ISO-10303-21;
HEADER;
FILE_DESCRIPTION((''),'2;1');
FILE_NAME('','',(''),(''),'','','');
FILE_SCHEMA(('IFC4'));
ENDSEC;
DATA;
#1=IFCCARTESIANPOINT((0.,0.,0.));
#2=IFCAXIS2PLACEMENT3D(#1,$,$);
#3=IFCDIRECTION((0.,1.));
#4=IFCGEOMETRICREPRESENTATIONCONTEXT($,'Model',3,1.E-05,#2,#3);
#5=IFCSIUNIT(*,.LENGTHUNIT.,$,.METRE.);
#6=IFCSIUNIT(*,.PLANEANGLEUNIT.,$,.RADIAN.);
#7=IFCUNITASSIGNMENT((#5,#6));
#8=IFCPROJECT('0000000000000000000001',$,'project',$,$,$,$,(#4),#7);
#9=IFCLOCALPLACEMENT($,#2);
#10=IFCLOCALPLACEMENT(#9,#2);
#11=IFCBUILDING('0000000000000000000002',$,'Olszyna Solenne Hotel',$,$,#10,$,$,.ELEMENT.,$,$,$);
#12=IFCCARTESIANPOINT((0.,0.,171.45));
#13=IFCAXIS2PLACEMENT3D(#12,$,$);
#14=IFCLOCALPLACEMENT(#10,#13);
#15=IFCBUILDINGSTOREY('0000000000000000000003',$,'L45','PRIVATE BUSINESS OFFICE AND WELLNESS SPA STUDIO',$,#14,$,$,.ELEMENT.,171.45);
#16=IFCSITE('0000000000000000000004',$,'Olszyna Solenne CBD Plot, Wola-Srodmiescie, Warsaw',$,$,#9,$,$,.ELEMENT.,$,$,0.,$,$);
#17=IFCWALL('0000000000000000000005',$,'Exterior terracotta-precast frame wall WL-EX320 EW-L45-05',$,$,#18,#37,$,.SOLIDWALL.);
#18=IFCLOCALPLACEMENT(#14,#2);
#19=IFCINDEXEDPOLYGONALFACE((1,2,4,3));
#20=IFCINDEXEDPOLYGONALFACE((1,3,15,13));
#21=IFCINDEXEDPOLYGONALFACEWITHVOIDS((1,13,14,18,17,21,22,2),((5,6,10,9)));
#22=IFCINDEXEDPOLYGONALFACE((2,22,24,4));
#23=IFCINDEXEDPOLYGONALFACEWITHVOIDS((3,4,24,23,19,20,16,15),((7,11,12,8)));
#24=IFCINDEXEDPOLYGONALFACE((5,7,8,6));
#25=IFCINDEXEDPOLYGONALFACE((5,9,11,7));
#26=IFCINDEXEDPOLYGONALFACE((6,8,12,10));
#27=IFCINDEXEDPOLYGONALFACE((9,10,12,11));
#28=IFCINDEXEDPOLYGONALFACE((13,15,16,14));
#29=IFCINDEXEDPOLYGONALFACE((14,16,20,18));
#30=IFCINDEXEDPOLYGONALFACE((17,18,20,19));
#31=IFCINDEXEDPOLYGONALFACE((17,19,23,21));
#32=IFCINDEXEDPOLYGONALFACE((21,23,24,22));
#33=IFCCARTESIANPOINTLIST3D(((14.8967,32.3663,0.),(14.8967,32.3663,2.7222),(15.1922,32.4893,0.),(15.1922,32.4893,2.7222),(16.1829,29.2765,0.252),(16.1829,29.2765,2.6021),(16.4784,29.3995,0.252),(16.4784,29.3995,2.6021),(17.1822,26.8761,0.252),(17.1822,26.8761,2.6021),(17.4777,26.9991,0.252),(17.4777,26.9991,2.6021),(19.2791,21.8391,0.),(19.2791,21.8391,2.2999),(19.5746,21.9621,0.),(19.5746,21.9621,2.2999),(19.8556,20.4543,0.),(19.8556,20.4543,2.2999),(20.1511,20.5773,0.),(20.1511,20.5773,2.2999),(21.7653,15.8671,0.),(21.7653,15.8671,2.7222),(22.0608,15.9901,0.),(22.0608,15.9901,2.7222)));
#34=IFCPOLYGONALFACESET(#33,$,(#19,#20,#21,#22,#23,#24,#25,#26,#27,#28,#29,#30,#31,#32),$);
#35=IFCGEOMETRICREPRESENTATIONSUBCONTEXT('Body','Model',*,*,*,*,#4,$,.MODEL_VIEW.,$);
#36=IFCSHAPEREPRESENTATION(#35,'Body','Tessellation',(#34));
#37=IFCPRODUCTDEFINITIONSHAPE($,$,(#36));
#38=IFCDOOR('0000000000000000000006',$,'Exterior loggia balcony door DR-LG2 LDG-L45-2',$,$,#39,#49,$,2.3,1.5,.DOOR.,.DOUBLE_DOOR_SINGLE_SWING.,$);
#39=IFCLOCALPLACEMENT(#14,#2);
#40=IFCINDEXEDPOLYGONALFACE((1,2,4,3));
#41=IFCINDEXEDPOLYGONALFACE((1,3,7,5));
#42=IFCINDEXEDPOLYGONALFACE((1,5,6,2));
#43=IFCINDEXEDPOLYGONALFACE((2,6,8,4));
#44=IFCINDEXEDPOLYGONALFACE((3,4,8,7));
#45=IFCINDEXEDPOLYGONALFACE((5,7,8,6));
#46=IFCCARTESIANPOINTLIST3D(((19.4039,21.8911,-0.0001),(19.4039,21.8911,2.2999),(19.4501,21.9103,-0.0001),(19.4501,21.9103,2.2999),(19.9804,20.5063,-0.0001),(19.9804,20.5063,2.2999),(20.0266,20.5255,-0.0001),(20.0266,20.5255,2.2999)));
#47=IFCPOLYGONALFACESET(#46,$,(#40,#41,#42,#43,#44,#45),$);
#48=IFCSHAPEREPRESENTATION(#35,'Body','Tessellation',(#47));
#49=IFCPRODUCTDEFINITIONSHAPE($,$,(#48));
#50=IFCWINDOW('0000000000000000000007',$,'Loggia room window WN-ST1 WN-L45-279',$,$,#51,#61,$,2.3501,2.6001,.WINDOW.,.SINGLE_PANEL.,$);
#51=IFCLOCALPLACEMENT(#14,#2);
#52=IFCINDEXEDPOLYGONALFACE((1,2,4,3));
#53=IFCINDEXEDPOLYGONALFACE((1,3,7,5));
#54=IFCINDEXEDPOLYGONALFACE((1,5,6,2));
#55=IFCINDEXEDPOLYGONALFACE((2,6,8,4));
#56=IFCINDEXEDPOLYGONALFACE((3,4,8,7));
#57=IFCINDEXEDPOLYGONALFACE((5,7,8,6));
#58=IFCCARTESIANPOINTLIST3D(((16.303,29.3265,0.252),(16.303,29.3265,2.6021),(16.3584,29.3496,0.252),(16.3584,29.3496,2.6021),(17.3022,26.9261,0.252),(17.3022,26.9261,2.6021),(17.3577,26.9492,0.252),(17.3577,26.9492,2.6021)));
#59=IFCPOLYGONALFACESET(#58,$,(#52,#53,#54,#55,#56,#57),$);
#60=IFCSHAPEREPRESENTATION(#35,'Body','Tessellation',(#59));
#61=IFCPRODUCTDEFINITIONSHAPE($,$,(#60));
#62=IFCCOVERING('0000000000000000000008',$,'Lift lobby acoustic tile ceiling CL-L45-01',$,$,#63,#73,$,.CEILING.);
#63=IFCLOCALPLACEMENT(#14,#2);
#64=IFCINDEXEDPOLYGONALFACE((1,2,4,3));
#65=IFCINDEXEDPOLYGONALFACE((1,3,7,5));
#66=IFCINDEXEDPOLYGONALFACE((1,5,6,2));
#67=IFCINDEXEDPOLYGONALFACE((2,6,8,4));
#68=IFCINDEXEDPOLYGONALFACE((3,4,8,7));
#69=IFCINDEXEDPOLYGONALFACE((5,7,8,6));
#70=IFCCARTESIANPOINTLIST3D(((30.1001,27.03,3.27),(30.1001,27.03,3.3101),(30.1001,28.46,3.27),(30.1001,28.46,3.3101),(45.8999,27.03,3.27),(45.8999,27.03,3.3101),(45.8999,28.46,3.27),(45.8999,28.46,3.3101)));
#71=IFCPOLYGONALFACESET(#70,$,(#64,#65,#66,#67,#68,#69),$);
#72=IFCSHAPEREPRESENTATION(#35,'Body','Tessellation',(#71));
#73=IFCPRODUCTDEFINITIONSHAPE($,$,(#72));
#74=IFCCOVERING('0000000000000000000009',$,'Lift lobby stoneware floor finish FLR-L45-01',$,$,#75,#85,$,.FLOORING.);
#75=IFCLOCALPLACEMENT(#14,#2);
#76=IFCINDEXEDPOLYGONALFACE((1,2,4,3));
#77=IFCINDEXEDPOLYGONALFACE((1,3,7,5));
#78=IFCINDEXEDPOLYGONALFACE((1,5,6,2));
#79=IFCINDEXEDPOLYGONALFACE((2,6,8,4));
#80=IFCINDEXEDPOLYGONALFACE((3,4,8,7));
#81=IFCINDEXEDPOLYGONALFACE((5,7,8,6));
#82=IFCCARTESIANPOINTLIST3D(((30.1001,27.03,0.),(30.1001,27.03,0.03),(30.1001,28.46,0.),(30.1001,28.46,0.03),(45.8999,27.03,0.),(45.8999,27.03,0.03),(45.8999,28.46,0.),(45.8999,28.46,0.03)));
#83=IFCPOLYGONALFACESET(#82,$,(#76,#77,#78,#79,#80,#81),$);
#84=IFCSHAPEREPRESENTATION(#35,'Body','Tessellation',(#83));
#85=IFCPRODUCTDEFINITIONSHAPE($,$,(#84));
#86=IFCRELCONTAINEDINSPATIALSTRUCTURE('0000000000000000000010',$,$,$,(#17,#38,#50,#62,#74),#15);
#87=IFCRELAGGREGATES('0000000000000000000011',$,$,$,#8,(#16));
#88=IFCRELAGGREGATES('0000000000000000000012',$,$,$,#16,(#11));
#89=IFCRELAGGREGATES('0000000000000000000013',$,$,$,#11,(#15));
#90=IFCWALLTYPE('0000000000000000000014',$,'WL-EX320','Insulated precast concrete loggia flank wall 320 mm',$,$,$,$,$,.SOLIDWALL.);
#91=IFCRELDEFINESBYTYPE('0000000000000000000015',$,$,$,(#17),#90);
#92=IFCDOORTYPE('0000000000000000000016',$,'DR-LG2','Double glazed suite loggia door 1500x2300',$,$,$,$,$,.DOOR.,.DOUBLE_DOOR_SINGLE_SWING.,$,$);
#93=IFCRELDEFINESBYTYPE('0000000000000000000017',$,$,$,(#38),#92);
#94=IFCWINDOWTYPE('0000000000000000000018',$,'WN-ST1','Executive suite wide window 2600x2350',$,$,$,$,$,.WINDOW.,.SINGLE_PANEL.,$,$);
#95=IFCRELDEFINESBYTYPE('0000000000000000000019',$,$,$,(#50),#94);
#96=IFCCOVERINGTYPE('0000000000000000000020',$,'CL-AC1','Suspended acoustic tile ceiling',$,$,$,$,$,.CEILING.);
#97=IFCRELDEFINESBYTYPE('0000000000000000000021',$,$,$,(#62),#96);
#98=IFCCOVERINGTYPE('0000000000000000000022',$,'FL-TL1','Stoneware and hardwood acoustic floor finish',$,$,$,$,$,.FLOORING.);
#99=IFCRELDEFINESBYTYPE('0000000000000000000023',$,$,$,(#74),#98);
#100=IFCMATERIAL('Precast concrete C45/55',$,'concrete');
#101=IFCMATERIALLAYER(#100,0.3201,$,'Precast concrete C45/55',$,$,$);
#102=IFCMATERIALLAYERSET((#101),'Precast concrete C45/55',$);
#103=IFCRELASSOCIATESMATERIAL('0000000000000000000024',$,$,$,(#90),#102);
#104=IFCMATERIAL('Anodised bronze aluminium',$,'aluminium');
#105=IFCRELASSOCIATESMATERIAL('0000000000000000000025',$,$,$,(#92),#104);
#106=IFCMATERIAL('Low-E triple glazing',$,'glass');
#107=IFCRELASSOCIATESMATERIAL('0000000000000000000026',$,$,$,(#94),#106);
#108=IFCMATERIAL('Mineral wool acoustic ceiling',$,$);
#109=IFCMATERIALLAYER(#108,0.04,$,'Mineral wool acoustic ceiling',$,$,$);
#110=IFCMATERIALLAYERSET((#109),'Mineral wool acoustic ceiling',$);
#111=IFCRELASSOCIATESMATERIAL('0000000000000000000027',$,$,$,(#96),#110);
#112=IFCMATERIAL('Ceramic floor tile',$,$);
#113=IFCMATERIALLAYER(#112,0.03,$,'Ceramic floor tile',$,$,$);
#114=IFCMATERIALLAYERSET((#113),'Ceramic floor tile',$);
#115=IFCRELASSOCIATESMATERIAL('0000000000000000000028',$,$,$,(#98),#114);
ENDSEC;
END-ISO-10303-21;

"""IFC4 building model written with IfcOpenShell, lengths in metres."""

from ifc_helpers import new_model, si_unit, direction, frame, frame_2d, origin, place, context, subcontext, project, spatial, polyline, rectangle, outline, extrude, source, transform, mapped, material, layer, layer_set, type_object, type_shapes, element, fill, save


model = new_model("IFC4")

# Units and contexts
model_context = context("Model", 3, precision=1e-05, world=origin(), true_north=direction((0.0, 1.0)))
body_context = subcontext(model_context, "Body", "Model", "MODEL_VIEW")
ifc_project = project(units=[si_unit("LENGTHUNIT", "METRE"), si_unit("PLANEANGLEUNIT", "RADIAN")], contexts=[model_context])

# Site, building, storey
site_placement = place(None, origin())
site = spatial("IfcSite", under=ifc_project, at=site_placement, Name="Olszyna Solenne CBD Plot, Wola-Srodmiescie, Warsaw", CompositionType="ELEMENT", RefElevation=0.0)
building_placement = place(site_placement, origin())
building = spatial("IfcBuilding", under=site, at=building_placement, Name="Olszyna Solenne Hotel", CompositionType="ELEMENT")
storey_placement = place(building_placement, frame((0.0, 0.0, 171.45)))
storey = spatial("IfcBuildingStorey", under=building, at=storey_placement, Name="L45", Description="PRIVATE BUSINESS OFFICE AND WELLNESS SPA STUDIO", CompositionType="ELEMENT", Elevation=171.45)

# Shared definitions
ifc_material_1 = material(Name="Anodised bronze aluminium", Category="aluminium")

# Shared definitions
ifc_material_2 = material(Name="Precast concrete C45/55", Category="concrete")

# Shared definitions
ifc_material_3 = material(Name="Low-E triple glazing", Category="glass")

# Wall, openings, door, window
ifc_layer_1 = layer(ifc_material_2, 0.3201, Name="Precast concrete C45/55")
ifc_layer_set_1 = layer_set([ifc_layer_1], Name="Precast concrete C45/55")
wall_type = type_object("IfcWallType", Name="WL-EX320", Description="Insulated precast concrete loggia flank wall 320 mm", PredefinedType="SOLIDWALL", material=ifc_layer_set_1)
wall_placement = place(storey_placement, frame((21.9131, 15.9285, 0.0), z_axis=(0.0, 0.0, 1.0), x_axis=(-0.384327, 0.923197, 0.0)))
wall = element("IfcWall", 1, at=wall_placement, inside=storey, type_object=wall_type, Name="Exterior terracotta-precast frame wall WL-EX320 EW-L45-05", PredefinedType="SOLIDWALL", context=body_context, shape_type="SweptSolid", body=[
    extrude(rectangle(XDim=17.8718, YDim=0.3201, at=frame_2d((8.936, 0.0))), origin(), (0.0, 0.0, 1.0), 2.7222),
])
opening_1_placement = place(wall_placement, frame((4.969, 0.0, 0.0)))
opening_1 = element("IfcOpeningElement", 2, at=opening_1_placement, cuts=wall, PredefinedType="OPENING", context=body_context, shape_type="SweptSolid", body=[
    extrude(rectangle(XDim=1.5, YDim=2.3, at=frame_2d((0.75, 1.1499))), frame((0.0, 0.1699, 0.0), z_axis=(0.0, -1.0, 0.0), x_axis=(1.0, 0.0, 0.0)), (0.0, 0.0, 1.0), 0.3401),
])
opening_2_placement = place(wall_placement, frame((11.925, 0.0, 0.252)))
opening_2 = element("IfcOpeningElement", 3, at=opening_2_placement, cuts=wall, PredefinedType="OPENING", context=body_context, shape_type="SweptSolid", body=[
    extrude(rectangle(XDim=2.6001, YDim=2.3501, at=frame_2d((1.3, 1.175))), frame((0.0, 0.1699, 0.0), z_axis=(0.0, -1.0, 0.0), x_axis=(1.0, 0.0, 0.0)), (0.0, 0.0, 1.0), 0.3401),
])
door_type = type_object("IfcDoorType", Name="DR-LG2", Description="Double glazed suite loggia door 1500x2300", OperationType="DOUBLE_DOOR_SINGLE_SWING", PredefinedType="DOOR", material=ifc_material_1)
shared_shape_1 = source(origin(), body_context, "Body", "SweptSolid", [
    extrude(rectangle(XDim=1.5, YDim=2.3, at=frame_2d((0.75, 1.1499))), frame((0.0, 0.0249, 0.0), z_axis=(0.0, -1.0, 0.0), x_axis=(1.0, 0.0, 0.0)), (0.0, 0.0, 1.0), 0.05),
])
type_shapes(door_type, [shared_shape_1])
door_placement = place(opening_1_placement, origin())
door = element("IfcDoor", 4, at=door_placement, inside=storey, type_object=door_type, Name="Exterior loggia balcony door DR-LG2 LDG-L45-2", OperationType="DOUBLE_DOOR_SINGLE_SWING", OverallHeight=2.3, OverallWidth=1.5, PredefinedType="DOOR", context=body_context, shape_type="MappedRepresentation", body=[
    mapped(shared_shape_1, transform((0.0, 0.0, 0.0), x_axis=(1.0, 0.0, 0.0), y_axis=(0.0, 1.0, 0.0), z_axis=(0.0, 0.0, 1.0), scale=1.0)),
])
fill(opening_1, door)
window_type = type_object("IfcWindowType", Name="WN-ST1", Description="Executive suite wide window 2600x2350", PartitioningType="SINGLE_PANEL", PredefinedType="WINDOW", material=ifc_material_3)
shared_shape_2 = source(origin(), body_context, "Body", "SweptSolid", [
    extrude(rectangle(XDim=2.6001, YDim=2.3501, at=frame_2d((1.3, 1.175))), frame((0.0, 0.03, 0.0), z_axis=(0.0, -1.0, 0.0), x_axis=(1.0, 0.0, 0.0)), (0.0, 0.0, 1.0), 0.0601),
])
type_shapes(window_type, [shared_shape_2])
window_placement = place(opening_2_placement, origin())
window = element("IfcWindow", 5, at=window_placement, inside=storey, type_object=window_type, Name="Loggia room window WN-ST1 WN-L45-279", OverallHeight=2.3501, OverallWidth=2.6001, PartitioningType="SINGLE_PANEL", PredefinedType="WINDOW", context=body_context, shape_type="MappedRepresentation", body=[
    mapped(shared_shape_2, transform((0.0, 0.0, 0.0), x_axis=(1.0, 0.0, 0.0), y_axis=(0.0, 1.0, 0.0), z_axis=(0.0, 0.0, 1.0), scale=1.0)),
])
fill(opening_2, window)

# Coverings
ifc_material_4 = material(Name="Mineral wool acoustic ceiling")
ifc_layer_2 = layer(ifc_material_4, 0.04, Name="Mineral wool acoustic ceiling")
ifc_layer_set_2 = layer_set([ifc_layer_2], Name="Mineral wool acoustic ceiling")
covering_type_1 = type_object("IfcCoveringType", Name="CL-AC1", Description="Suspended acoustic tile ceiling", PredefinedType="CEILING", material=ifc_layer_set_2)
covering_1_placement = place(storey_placement, frame((0.0, 0.0, 3.27)))
element("IfcCovering", 6, at=covering_1_placement, inside=storey, type_object=covering_type_1, Name="Lift lobby acoustic tile ceiling CL-L45-01", PredefinedType="CEILING", context=body_context, shape_type="SweptSolid", body=[
    extrude(outline(polyline([(30.1001, 27.03), (45.8999, 27.03), (45.8999, 28.46), (30.1001, 28.46), (30.1001, 27.03)])), origin(), (0.0, 0.0, 1.0), 0.04),
])
ifc_material_5 = material(Name="Ceramic floor tile")
ifc_layer_3 = layer(ifc_material_5, 0.03, Name="Ceramic floor tile")
ifc_layer_set_3 = layer_set([ifc_layer_3], Name="Ceramic floor tile")
covering_type_2 = type_object("IfcCoveringType", Name="FL-TL1", Description="Stoneware and hardwood acoustic floor finish", PredefinedType="FLOORING", material=ifc_layer_set_3)
covering_2_placement = place(storey_placement, origin())
element("IfcCovering", 7, at=covering_2_placement, inside=storey, type_object=covering_type_2, Name="Lift lobby stoneware floor finish FLR-L45-01", PredefinedType="FLOORING", context=body_context, shape_type="SweptSolid", body=[
    extrude(outline(polyline([(30.1001, 27.03), (45.8999, 27.03), (45.8999, 28.46), (30.1001, 28.46), (30.1001, 27.03)])), origin(), (0.0, 0.0, 1.0), 0.03),
])

save(model, "model.ifc")
